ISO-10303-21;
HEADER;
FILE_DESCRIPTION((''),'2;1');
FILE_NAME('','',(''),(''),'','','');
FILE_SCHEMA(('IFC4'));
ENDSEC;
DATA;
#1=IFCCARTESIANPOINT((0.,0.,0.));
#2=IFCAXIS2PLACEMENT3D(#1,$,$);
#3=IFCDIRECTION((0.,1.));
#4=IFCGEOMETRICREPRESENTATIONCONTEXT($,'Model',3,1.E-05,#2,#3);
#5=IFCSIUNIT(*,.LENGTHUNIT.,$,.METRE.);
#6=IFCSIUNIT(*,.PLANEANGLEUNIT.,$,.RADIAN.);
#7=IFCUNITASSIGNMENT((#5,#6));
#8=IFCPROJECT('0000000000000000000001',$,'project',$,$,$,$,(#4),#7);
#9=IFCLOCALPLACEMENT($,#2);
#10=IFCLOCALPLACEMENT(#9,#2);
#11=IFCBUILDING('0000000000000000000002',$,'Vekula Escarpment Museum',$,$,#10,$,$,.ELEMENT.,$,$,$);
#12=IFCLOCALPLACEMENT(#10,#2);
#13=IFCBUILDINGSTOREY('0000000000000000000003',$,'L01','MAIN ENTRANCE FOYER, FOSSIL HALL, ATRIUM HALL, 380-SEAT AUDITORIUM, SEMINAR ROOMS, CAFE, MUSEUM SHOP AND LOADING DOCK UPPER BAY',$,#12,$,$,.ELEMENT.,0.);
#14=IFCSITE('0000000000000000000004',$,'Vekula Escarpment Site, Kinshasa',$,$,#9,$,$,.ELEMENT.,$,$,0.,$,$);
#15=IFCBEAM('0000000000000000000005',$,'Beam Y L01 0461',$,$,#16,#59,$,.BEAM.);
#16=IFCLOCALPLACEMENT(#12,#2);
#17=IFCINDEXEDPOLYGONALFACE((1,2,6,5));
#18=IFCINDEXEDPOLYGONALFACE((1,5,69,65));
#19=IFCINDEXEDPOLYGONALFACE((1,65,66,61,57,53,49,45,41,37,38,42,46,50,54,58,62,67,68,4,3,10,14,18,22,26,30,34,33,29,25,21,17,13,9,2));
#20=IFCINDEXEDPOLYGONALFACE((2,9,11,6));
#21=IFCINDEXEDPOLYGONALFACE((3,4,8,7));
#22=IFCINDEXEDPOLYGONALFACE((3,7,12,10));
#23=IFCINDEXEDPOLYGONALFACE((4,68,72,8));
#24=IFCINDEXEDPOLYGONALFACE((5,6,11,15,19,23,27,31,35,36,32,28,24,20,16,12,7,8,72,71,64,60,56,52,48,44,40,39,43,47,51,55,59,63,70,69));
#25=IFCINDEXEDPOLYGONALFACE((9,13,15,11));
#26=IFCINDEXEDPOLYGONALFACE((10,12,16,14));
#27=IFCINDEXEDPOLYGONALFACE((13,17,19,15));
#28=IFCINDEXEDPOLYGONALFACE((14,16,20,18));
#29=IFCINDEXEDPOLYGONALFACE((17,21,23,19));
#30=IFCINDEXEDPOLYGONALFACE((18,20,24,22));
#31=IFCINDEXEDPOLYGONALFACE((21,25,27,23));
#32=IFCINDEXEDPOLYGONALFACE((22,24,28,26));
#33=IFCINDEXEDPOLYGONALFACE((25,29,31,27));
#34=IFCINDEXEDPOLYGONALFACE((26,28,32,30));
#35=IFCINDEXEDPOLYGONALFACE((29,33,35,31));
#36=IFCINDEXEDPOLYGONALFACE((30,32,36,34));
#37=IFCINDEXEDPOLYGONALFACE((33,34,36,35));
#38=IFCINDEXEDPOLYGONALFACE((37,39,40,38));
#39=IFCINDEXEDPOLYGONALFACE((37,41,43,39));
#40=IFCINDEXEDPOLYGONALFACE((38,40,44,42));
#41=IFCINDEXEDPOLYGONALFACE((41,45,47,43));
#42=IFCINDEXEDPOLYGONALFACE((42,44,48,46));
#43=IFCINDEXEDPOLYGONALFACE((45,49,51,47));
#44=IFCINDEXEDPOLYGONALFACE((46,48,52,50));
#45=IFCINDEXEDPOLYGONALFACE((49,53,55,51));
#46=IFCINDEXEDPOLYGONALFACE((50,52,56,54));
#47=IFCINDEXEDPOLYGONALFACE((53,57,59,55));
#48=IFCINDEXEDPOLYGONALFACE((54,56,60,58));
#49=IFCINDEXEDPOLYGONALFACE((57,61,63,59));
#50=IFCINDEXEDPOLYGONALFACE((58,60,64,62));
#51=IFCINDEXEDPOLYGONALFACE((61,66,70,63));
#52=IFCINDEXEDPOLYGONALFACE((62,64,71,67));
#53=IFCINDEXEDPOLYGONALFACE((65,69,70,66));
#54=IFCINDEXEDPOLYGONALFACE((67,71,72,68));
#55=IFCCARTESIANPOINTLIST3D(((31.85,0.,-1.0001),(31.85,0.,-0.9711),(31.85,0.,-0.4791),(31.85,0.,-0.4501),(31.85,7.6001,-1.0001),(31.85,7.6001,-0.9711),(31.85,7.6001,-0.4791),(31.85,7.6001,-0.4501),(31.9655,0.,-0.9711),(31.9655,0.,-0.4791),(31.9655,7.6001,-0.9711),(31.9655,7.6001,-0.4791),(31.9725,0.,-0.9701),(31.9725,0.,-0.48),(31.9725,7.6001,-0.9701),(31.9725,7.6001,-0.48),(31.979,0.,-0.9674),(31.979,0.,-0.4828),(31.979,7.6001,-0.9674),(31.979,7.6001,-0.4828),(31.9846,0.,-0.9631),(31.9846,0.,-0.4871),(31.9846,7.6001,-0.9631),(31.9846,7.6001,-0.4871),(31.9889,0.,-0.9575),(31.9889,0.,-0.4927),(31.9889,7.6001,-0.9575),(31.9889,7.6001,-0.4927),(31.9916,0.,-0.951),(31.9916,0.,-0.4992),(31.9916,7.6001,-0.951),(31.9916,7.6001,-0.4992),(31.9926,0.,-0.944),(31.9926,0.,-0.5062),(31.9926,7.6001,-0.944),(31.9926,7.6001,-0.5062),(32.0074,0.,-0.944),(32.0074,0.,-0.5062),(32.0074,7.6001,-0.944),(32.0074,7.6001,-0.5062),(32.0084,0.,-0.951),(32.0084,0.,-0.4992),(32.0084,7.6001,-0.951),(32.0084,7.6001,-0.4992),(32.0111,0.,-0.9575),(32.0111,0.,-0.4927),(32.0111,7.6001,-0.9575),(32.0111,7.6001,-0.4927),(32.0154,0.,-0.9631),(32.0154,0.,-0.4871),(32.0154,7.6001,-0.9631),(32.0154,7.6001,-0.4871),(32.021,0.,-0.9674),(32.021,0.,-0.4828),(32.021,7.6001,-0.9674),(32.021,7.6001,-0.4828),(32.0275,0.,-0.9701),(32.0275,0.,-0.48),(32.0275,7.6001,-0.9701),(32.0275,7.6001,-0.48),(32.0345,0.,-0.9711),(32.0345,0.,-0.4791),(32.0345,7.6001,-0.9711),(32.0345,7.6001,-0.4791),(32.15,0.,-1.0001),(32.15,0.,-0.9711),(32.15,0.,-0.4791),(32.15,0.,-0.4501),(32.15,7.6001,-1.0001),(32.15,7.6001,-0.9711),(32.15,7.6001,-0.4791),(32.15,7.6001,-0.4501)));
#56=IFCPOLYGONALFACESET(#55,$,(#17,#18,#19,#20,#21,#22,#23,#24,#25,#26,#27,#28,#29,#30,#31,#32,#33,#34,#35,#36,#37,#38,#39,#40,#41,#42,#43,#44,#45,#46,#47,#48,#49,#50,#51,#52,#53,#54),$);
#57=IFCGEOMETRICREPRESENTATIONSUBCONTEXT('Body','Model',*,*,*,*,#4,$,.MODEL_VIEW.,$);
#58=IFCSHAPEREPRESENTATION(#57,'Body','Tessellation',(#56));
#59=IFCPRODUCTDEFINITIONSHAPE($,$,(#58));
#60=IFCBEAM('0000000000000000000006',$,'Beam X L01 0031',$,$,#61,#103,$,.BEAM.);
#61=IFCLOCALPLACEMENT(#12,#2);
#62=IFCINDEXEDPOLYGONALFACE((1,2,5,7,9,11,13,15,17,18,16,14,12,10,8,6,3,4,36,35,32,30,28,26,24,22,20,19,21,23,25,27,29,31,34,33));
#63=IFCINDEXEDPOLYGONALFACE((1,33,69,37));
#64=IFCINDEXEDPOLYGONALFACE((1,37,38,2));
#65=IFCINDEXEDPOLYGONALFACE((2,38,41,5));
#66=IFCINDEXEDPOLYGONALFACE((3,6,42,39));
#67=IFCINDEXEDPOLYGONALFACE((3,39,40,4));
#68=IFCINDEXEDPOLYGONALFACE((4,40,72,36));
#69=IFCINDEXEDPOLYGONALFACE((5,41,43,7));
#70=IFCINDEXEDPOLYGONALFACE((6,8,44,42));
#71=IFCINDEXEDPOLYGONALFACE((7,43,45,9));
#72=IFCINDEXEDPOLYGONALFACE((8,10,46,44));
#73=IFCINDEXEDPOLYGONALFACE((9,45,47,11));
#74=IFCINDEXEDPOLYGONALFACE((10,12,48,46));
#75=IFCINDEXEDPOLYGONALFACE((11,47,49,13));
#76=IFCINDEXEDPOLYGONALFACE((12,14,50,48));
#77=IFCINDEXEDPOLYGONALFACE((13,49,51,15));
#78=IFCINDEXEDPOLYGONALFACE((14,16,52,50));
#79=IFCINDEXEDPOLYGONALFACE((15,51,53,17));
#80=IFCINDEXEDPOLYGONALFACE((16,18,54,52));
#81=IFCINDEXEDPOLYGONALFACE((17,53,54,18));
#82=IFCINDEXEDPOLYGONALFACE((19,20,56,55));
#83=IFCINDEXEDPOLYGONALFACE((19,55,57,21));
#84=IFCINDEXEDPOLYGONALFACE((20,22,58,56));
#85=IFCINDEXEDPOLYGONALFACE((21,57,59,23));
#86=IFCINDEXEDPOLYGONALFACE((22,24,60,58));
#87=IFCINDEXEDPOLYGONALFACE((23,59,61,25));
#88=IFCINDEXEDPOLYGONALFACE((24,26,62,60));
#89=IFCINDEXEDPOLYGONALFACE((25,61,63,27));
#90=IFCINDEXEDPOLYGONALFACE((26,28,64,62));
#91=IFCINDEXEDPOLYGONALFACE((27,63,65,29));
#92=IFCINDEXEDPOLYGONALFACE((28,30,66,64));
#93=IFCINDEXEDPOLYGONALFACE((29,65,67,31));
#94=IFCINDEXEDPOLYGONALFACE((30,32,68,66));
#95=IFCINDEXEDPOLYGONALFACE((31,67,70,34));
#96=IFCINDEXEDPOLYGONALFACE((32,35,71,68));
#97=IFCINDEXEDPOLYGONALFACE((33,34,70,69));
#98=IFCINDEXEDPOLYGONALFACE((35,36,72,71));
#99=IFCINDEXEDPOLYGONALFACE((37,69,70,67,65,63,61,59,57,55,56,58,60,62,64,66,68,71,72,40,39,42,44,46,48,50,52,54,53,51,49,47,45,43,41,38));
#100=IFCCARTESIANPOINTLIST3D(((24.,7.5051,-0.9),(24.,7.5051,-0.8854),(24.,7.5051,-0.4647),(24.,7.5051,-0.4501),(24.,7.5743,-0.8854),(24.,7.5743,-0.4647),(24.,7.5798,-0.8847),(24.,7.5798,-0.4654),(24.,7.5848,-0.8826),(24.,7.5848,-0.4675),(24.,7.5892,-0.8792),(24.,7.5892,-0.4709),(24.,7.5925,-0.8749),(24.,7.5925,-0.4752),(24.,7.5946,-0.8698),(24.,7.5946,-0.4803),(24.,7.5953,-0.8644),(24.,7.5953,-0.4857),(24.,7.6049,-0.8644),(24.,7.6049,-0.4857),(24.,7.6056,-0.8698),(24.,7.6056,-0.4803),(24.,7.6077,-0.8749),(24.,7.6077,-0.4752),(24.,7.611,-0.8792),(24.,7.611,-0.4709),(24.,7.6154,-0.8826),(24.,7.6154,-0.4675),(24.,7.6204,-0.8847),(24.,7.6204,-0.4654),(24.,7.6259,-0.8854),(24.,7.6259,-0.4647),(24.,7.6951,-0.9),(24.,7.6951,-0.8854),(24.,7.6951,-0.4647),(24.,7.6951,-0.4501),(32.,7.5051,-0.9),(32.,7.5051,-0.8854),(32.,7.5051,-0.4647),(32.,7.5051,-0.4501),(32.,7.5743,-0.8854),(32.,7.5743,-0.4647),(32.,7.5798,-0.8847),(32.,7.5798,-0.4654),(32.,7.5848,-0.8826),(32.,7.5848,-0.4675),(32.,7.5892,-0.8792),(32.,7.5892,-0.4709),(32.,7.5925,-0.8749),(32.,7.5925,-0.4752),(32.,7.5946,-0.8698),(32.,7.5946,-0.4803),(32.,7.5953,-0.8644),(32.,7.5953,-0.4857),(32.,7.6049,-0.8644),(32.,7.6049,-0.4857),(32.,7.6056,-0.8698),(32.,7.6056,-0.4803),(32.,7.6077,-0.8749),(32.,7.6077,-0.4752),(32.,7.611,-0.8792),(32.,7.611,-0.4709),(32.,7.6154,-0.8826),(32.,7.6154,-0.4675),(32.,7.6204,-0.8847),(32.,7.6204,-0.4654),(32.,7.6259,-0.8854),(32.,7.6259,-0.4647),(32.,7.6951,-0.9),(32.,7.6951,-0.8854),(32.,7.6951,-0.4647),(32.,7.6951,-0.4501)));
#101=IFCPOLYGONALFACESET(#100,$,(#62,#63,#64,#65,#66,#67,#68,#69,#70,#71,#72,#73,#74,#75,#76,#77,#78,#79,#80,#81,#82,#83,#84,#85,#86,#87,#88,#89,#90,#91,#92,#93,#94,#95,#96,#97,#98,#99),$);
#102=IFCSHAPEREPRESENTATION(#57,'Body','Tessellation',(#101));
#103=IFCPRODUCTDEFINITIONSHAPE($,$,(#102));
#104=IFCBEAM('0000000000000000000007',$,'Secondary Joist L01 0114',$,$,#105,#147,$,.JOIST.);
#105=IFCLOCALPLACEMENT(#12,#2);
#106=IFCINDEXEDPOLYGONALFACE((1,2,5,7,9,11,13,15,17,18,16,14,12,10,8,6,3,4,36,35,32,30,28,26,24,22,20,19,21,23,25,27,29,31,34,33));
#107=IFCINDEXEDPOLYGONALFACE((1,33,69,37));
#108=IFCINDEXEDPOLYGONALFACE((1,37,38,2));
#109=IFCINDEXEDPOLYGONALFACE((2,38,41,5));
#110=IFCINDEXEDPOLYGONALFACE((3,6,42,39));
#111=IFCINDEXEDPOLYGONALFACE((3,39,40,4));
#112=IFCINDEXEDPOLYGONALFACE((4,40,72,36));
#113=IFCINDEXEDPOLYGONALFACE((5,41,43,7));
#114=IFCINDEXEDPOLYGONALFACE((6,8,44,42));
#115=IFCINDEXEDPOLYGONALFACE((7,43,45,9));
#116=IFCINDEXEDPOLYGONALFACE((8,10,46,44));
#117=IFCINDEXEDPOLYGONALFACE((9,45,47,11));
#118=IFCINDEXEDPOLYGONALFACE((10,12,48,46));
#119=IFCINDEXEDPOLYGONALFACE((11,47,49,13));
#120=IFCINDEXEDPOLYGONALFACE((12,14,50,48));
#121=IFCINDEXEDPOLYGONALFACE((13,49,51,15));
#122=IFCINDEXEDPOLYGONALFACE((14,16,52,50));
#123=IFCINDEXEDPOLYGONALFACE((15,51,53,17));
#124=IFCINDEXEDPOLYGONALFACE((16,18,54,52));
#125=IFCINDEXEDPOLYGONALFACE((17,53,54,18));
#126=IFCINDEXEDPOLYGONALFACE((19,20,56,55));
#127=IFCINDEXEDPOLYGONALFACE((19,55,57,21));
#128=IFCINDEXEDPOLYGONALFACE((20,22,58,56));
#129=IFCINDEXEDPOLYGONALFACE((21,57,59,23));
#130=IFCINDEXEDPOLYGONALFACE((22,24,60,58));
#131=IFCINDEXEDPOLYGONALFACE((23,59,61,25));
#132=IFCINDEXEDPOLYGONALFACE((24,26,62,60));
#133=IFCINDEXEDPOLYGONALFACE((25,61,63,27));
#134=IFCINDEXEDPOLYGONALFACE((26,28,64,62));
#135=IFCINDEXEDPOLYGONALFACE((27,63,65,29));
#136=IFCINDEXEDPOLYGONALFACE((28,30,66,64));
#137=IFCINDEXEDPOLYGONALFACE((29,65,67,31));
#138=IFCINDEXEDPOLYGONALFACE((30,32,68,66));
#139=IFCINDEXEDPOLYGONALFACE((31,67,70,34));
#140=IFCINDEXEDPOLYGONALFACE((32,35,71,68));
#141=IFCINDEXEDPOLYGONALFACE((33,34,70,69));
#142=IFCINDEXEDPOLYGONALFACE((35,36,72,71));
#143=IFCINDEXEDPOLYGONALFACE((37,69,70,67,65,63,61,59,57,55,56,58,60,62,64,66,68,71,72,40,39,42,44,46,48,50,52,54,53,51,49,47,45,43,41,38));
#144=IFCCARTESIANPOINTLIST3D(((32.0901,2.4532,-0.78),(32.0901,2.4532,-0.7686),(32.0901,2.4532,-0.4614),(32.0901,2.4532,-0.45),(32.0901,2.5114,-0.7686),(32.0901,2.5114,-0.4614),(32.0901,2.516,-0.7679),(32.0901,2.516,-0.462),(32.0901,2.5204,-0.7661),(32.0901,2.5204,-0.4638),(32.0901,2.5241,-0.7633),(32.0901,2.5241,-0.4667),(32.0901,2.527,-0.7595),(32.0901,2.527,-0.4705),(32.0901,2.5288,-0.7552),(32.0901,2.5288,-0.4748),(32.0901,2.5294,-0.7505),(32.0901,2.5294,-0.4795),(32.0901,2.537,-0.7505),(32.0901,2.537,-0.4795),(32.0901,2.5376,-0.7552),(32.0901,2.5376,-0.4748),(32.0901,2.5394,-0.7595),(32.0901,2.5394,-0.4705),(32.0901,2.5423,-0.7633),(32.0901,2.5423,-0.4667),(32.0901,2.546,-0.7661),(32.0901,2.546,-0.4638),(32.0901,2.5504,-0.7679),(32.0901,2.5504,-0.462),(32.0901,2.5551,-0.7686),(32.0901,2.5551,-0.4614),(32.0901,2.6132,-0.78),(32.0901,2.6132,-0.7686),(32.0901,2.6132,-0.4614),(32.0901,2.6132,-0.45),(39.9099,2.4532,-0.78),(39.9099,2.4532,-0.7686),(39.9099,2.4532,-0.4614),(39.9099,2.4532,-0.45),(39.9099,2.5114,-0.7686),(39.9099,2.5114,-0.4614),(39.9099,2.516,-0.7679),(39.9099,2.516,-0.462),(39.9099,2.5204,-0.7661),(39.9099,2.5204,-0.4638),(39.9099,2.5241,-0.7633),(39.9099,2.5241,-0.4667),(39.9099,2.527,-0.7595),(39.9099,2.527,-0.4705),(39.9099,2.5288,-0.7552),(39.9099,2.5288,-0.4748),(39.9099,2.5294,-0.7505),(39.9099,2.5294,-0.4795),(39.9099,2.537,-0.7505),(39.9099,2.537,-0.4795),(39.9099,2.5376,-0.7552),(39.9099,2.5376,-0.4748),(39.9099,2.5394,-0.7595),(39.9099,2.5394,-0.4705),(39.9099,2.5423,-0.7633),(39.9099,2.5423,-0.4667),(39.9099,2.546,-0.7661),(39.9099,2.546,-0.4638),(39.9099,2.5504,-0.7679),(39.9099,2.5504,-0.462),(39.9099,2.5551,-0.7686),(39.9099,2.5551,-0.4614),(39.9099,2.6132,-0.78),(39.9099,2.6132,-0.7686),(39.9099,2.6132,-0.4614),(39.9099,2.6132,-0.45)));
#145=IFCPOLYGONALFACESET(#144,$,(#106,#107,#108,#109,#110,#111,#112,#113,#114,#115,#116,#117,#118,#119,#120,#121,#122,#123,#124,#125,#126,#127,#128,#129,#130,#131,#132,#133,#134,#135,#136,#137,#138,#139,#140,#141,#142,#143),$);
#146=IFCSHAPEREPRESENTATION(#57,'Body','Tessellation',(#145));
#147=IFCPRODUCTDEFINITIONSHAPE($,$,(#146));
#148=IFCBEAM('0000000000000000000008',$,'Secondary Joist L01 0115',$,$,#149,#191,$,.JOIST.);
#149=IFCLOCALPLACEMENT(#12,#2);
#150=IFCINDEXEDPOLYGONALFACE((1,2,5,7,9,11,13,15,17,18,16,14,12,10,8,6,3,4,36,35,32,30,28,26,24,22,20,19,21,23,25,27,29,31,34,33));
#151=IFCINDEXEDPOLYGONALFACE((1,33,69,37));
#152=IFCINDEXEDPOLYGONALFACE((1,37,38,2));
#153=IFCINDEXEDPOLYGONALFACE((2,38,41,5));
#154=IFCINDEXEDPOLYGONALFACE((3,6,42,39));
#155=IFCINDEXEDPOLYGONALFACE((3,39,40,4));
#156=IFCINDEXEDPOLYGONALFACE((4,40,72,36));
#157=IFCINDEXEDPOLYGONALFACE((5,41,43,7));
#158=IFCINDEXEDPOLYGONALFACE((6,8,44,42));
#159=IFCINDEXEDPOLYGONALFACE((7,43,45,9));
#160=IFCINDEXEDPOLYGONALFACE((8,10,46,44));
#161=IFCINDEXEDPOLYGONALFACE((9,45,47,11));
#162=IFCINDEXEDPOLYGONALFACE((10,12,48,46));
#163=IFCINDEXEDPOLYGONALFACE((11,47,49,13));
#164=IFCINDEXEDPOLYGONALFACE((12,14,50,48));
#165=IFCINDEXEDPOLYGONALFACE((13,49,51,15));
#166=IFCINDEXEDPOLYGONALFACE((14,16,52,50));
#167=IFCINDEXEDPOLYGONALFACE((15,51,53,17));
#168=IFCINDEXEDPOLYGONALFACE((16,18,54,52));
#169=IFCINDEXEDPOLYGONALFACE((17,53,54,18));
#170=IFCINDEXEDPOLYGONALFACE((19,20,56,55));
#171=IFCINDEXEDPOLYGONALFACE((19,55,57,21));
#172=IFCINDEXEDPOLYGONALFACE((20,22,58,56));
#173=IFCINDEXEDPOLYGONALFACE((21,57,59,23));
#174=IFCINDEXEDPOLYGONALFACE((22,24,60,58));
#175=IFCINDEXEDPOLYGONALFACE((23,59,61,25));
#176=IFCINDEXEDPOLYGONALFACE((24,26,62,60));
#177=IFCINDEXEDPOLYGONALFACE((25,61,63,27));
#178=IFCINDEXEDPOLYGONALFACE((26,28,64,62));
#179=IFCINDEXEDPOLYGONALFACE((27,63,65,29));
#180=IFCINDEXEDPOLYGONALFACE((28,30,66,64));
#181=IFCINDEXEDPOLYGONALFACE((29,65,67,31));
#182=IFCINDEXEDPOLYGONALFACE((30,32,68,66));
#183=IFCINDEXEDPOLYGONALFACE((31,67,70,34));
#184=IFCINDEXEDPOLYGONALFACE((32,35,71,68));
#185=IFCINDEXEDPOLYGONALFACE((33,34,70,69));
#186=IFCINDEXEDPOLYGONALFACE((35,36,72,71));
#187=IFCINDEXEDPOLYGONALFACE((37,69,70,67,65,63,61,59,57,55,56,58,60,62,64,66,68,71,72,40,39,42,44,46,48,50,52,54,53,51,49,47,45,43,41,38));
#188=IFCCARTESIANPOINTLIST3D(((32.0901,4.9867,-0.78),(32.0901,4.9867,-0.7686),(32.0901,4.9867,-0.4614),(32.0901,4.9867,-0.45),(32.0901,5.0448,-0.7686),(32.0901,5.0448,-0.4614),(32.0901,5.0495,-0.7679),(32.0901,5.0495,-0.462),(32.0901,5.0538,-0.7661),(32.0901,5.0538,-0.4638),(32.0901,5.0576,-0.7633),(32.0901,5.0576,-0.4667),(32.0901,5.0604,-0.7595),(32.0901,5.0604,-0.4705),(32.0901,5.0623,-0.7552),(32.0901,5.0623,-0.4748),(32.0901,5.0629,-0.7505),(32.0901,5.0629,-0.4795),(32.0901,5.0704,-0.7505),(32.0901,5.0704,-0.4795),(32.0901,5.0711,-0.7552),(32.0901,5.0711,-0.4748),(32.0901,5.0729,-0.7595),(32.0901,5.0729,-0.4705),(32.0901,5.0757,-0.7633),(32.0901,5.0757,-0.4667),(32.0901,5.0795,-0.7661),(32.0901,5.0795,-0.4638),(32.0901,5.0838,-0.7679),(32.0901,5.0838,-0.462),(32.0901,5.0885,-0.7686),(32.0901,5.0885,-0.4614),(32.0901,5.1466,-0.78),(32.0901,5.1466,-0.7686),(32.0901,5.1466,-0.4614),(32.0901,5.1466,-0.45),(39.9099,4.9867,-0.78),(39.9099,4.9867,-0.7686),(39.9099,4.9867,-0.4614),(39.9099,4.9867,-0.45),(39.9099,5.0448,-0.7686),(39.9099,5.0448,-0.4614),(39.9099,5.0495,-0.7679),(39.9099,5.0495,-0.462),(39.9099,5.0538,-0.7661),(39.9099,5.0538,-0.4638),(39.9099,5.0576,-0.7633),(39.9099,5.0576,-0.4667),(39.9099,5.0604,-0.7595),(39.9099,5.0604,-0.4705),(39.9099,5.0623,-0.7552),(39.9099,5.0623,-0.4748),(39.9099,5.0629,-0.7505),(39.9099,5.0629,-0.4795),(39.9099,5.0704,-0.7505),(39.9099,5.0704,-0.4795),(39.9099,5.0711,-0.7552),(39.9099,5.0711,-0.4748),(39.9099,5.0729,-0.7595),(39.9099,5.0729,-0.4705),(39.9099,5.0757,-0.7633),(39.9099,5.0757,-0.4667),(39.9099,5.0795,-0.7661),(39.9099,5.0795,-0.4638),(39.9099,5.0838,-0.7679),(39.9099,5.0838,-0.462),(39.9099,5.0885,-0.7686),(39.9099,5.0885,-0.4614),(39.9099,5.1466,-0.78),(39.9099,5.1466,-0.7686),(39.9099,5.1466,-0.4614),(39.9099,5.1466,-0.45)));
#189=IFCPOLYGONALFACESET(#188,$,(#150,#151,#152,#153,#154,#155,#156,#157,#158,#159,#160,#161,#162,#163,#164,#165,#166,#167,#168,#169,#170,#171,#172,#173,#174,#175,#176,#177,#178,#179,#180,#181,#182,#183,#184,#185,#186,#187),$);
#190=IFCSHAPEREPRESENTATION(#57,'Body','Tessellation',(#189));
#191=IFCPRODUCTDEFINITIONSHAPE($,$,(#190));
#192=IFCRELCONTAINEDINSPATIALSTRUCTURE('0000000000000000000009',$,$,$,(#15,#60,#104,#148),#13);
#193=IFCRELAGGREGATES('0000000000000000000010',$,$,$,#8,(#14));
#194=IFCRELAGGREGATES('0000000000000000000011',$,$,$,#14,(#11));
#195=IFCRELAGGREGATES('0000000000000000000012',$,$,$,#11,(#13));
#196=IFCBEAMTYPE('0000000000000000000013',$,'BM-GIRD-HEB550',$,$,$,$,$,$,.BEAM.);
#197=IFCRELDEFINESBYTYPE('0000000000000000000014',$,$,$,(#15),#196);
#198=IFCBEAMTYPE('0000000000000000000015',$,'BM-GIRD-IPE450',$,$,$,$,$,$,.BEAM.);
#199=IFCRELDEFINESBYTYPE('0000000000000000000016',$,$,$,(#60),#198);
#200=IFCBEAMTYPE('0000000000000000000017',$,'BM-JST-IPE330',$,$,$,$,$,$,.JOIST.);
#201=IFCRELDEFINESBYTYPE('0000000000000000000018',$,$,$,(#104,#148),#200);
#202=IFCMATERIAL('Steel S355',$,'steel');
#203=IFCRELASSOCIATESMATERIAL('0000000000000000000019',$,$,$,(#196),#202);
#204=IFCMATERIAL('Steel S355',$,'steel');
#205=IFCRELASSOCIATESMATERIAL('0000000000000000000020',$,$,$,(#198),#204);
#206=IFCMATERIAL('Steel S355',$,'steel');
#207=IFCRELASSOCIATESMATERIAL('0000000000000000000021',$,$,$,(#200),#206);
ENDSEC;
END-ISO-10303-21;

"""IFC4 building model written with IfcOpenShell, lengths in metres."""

from ifc_helpers import new_model, si_unit, direction, frame, origin, origin_2d, place, context, subcontext, project, spatial, i_section, extrude, material, material_profile, profile_set, type_object, element, save


model = new_model("IFC4")

# Units and contexts
model_context = context("Model", 3, precision=1e-05, world=origin(), true_north=direction((0.0, 1.0)))
body_context = subcontext(model_context, "Body", "Model", "MODEL_VIEW")
ifc_project = project(units=[si_unit("LENGTHUNIT", "METRE"), si_unit("PLANEANGLEUNIT", "RADIAN")], contexts=[model_context])

# Site, building, storey
site_placement = place(None, origin())
site = spatial("IfcSite", under=ifc_project, at=site_placement, Name="Vekula Escarpment Site, Kinshasa", CompositionType="ELEMENT", RefElevation=0.0)
building_placement = place(site_placement, origin())
building = spatial("IfcBuilding", under=site, at=building_placement, Name="Vekula Escarpment Museum", CompositionType="ELEMENT")
storey_placement = place(building_placement, origin())
storey = spatial("IfcBuildingStorey", under=building, at=storey_placement, Name="L01", Description="MAIN ENTRANCE FOYER, FOSSIL HALL, ATRIUM HALL, 380-SEAT AUDITORIUM, SEMINAR ROOMS, CAFE, MUSEUM SHOP AND LOADING DOCK UPPER BAY", CompositionType="ELEMENT", Elevation=0.0)

# Beams
ifc_material_1 = material(Name="Steel S355", Category="steel")
ifc_material_profile_1 = material_profile(ifc_material_1, i_section(OverallWidth=0.3, OverallDepth=0.55, WebThickness=0.0149, FlangeThickness=0.0291, FilletRadius=0.0271, at=origin_2d()), Name="HEB 550")
ifc_profile_set_1 = profile_set([ifc_material_profile_1], Name="Steel S355")
beam_type_1 = type_object("IfcBeamType", Name="BM-GIRD-HEB550", PredefinedType="BEAM", material=ifc_profile_set_1)
beam_1_placement = place(storey_placement, frame((32.0, 0.0, -0.7251), z_axis=(0.0, 1.0, 0.0), x_axis=(-1.0, 0.0, 0.0)))
element("IfcBeam", 1, at=beam_1_placement, inside=storey, type_object=beam_type_1, Name="Beam Y L01 0461", PredefinedType="BEAM", context=body_context, shape_type="SweptSolid", body=[
    extrude(i_section(OverallWidth=0.3, OverallDepth=0.55, WebThickness=0.0149, FlangeThickness=0.0291, FilletRadius=0.0271, at=origin_2d()), origin(), (0.0, 0.0, 1.0), 7.6001),
])
ifc_material_2 = material(Name="Steel S355", Category="steel")
ifc_material_profile_2 = material_profile(ifc_material_2, i_section(OverallWidth=0.1899, OverallDepth=0.45, WebThickness=0.0095, FlangeThickness=0.0146, FilletRadius=0.021, at=origin_2d()), Name="IPE 450")
ifc_profile_set_2 = profile_set([ifc_material_profile_2], Name="Steel S355")
beam_type_2 = type_object("IfcBeamType", Name="BM-GIRD-IPE450", PredefinedType="BEAM", material=ifc_profile_set_2)
beam_2_placement = place(storey_placement, frame((24.0, 7.6001, -0.675), z_axis=(1.0, 0.0, 0.0), x_axis=(0.0, 1.0, 0.0)))
element("IfcBeam", 2, at=beam_2_placement, inside=storey, type_object=beam_type_2, Name="Beam X L01 0031", PredefinedType="BEAM", context=body_context, shape_type="SweptSolid", body=[
    extrude(i_section(OverallWidth=0.1899, OverallDepth=0.45, WebThickness=0.0095, FlangeThickness=0.0146, FilletRadius=0.021, at=origin_2d()), origin(), (0.0, 0.0, 1.0), 8.0),
])
ifc_material_3 = material(Name="Steel S355", Category="steel")
ifc_material_profile_3 = material_profile(ifc_material_3, i_section(OverallWidth=0.1599, OverallDepth=0.3301, WebThickness=0.0076, FlangeThickness=0.0115, FilletRadius=0.0181, at=origin_2d()), Name="IPE 330")
ifc_profile_set_3 = profile_set([ifc_material_profile_3], Name="Steel S355")
beam_type_3 = type_object("IfcBeamType", Name="BM-JST-IPE330", PredefinedType="JOIST", material=ifc_profile_set_3)
for number, where, z_axis, x_axis, name in (
    (3, (32.0901, 2.5332, -0.615), (1.0, 0.0, 0.0), (0.0, 1.0, 0.0), "Secondary Joist L01 0114"),
    (4, (32.0901, 5.0667, -0.615), (1.0, 0.0, 0.0), (0.0, 1.0, 0.0), "Secondary Joist L01 0115"),
):
    element("IfcBeam", number, at=place(storey_placement, frame(where, z_axis=z_axis, x_axis=x_axis)), inside=storey, type_object=beam_type_3, Name=name, PredefinedType="JOIST", context=body_context, shape_type="SweptSolid", body=[
        extrude(i_section(OverallWidth=0.1599, OverallDepth=0.3301, WebThickness=0.0076, FlangeThickness=0.0115, FilletRadius=0.0181, at=origin_2d()), origin(), (0.0, 0.0, 1.0), 7.8198),
    ])

save(model, "model.ifc")
